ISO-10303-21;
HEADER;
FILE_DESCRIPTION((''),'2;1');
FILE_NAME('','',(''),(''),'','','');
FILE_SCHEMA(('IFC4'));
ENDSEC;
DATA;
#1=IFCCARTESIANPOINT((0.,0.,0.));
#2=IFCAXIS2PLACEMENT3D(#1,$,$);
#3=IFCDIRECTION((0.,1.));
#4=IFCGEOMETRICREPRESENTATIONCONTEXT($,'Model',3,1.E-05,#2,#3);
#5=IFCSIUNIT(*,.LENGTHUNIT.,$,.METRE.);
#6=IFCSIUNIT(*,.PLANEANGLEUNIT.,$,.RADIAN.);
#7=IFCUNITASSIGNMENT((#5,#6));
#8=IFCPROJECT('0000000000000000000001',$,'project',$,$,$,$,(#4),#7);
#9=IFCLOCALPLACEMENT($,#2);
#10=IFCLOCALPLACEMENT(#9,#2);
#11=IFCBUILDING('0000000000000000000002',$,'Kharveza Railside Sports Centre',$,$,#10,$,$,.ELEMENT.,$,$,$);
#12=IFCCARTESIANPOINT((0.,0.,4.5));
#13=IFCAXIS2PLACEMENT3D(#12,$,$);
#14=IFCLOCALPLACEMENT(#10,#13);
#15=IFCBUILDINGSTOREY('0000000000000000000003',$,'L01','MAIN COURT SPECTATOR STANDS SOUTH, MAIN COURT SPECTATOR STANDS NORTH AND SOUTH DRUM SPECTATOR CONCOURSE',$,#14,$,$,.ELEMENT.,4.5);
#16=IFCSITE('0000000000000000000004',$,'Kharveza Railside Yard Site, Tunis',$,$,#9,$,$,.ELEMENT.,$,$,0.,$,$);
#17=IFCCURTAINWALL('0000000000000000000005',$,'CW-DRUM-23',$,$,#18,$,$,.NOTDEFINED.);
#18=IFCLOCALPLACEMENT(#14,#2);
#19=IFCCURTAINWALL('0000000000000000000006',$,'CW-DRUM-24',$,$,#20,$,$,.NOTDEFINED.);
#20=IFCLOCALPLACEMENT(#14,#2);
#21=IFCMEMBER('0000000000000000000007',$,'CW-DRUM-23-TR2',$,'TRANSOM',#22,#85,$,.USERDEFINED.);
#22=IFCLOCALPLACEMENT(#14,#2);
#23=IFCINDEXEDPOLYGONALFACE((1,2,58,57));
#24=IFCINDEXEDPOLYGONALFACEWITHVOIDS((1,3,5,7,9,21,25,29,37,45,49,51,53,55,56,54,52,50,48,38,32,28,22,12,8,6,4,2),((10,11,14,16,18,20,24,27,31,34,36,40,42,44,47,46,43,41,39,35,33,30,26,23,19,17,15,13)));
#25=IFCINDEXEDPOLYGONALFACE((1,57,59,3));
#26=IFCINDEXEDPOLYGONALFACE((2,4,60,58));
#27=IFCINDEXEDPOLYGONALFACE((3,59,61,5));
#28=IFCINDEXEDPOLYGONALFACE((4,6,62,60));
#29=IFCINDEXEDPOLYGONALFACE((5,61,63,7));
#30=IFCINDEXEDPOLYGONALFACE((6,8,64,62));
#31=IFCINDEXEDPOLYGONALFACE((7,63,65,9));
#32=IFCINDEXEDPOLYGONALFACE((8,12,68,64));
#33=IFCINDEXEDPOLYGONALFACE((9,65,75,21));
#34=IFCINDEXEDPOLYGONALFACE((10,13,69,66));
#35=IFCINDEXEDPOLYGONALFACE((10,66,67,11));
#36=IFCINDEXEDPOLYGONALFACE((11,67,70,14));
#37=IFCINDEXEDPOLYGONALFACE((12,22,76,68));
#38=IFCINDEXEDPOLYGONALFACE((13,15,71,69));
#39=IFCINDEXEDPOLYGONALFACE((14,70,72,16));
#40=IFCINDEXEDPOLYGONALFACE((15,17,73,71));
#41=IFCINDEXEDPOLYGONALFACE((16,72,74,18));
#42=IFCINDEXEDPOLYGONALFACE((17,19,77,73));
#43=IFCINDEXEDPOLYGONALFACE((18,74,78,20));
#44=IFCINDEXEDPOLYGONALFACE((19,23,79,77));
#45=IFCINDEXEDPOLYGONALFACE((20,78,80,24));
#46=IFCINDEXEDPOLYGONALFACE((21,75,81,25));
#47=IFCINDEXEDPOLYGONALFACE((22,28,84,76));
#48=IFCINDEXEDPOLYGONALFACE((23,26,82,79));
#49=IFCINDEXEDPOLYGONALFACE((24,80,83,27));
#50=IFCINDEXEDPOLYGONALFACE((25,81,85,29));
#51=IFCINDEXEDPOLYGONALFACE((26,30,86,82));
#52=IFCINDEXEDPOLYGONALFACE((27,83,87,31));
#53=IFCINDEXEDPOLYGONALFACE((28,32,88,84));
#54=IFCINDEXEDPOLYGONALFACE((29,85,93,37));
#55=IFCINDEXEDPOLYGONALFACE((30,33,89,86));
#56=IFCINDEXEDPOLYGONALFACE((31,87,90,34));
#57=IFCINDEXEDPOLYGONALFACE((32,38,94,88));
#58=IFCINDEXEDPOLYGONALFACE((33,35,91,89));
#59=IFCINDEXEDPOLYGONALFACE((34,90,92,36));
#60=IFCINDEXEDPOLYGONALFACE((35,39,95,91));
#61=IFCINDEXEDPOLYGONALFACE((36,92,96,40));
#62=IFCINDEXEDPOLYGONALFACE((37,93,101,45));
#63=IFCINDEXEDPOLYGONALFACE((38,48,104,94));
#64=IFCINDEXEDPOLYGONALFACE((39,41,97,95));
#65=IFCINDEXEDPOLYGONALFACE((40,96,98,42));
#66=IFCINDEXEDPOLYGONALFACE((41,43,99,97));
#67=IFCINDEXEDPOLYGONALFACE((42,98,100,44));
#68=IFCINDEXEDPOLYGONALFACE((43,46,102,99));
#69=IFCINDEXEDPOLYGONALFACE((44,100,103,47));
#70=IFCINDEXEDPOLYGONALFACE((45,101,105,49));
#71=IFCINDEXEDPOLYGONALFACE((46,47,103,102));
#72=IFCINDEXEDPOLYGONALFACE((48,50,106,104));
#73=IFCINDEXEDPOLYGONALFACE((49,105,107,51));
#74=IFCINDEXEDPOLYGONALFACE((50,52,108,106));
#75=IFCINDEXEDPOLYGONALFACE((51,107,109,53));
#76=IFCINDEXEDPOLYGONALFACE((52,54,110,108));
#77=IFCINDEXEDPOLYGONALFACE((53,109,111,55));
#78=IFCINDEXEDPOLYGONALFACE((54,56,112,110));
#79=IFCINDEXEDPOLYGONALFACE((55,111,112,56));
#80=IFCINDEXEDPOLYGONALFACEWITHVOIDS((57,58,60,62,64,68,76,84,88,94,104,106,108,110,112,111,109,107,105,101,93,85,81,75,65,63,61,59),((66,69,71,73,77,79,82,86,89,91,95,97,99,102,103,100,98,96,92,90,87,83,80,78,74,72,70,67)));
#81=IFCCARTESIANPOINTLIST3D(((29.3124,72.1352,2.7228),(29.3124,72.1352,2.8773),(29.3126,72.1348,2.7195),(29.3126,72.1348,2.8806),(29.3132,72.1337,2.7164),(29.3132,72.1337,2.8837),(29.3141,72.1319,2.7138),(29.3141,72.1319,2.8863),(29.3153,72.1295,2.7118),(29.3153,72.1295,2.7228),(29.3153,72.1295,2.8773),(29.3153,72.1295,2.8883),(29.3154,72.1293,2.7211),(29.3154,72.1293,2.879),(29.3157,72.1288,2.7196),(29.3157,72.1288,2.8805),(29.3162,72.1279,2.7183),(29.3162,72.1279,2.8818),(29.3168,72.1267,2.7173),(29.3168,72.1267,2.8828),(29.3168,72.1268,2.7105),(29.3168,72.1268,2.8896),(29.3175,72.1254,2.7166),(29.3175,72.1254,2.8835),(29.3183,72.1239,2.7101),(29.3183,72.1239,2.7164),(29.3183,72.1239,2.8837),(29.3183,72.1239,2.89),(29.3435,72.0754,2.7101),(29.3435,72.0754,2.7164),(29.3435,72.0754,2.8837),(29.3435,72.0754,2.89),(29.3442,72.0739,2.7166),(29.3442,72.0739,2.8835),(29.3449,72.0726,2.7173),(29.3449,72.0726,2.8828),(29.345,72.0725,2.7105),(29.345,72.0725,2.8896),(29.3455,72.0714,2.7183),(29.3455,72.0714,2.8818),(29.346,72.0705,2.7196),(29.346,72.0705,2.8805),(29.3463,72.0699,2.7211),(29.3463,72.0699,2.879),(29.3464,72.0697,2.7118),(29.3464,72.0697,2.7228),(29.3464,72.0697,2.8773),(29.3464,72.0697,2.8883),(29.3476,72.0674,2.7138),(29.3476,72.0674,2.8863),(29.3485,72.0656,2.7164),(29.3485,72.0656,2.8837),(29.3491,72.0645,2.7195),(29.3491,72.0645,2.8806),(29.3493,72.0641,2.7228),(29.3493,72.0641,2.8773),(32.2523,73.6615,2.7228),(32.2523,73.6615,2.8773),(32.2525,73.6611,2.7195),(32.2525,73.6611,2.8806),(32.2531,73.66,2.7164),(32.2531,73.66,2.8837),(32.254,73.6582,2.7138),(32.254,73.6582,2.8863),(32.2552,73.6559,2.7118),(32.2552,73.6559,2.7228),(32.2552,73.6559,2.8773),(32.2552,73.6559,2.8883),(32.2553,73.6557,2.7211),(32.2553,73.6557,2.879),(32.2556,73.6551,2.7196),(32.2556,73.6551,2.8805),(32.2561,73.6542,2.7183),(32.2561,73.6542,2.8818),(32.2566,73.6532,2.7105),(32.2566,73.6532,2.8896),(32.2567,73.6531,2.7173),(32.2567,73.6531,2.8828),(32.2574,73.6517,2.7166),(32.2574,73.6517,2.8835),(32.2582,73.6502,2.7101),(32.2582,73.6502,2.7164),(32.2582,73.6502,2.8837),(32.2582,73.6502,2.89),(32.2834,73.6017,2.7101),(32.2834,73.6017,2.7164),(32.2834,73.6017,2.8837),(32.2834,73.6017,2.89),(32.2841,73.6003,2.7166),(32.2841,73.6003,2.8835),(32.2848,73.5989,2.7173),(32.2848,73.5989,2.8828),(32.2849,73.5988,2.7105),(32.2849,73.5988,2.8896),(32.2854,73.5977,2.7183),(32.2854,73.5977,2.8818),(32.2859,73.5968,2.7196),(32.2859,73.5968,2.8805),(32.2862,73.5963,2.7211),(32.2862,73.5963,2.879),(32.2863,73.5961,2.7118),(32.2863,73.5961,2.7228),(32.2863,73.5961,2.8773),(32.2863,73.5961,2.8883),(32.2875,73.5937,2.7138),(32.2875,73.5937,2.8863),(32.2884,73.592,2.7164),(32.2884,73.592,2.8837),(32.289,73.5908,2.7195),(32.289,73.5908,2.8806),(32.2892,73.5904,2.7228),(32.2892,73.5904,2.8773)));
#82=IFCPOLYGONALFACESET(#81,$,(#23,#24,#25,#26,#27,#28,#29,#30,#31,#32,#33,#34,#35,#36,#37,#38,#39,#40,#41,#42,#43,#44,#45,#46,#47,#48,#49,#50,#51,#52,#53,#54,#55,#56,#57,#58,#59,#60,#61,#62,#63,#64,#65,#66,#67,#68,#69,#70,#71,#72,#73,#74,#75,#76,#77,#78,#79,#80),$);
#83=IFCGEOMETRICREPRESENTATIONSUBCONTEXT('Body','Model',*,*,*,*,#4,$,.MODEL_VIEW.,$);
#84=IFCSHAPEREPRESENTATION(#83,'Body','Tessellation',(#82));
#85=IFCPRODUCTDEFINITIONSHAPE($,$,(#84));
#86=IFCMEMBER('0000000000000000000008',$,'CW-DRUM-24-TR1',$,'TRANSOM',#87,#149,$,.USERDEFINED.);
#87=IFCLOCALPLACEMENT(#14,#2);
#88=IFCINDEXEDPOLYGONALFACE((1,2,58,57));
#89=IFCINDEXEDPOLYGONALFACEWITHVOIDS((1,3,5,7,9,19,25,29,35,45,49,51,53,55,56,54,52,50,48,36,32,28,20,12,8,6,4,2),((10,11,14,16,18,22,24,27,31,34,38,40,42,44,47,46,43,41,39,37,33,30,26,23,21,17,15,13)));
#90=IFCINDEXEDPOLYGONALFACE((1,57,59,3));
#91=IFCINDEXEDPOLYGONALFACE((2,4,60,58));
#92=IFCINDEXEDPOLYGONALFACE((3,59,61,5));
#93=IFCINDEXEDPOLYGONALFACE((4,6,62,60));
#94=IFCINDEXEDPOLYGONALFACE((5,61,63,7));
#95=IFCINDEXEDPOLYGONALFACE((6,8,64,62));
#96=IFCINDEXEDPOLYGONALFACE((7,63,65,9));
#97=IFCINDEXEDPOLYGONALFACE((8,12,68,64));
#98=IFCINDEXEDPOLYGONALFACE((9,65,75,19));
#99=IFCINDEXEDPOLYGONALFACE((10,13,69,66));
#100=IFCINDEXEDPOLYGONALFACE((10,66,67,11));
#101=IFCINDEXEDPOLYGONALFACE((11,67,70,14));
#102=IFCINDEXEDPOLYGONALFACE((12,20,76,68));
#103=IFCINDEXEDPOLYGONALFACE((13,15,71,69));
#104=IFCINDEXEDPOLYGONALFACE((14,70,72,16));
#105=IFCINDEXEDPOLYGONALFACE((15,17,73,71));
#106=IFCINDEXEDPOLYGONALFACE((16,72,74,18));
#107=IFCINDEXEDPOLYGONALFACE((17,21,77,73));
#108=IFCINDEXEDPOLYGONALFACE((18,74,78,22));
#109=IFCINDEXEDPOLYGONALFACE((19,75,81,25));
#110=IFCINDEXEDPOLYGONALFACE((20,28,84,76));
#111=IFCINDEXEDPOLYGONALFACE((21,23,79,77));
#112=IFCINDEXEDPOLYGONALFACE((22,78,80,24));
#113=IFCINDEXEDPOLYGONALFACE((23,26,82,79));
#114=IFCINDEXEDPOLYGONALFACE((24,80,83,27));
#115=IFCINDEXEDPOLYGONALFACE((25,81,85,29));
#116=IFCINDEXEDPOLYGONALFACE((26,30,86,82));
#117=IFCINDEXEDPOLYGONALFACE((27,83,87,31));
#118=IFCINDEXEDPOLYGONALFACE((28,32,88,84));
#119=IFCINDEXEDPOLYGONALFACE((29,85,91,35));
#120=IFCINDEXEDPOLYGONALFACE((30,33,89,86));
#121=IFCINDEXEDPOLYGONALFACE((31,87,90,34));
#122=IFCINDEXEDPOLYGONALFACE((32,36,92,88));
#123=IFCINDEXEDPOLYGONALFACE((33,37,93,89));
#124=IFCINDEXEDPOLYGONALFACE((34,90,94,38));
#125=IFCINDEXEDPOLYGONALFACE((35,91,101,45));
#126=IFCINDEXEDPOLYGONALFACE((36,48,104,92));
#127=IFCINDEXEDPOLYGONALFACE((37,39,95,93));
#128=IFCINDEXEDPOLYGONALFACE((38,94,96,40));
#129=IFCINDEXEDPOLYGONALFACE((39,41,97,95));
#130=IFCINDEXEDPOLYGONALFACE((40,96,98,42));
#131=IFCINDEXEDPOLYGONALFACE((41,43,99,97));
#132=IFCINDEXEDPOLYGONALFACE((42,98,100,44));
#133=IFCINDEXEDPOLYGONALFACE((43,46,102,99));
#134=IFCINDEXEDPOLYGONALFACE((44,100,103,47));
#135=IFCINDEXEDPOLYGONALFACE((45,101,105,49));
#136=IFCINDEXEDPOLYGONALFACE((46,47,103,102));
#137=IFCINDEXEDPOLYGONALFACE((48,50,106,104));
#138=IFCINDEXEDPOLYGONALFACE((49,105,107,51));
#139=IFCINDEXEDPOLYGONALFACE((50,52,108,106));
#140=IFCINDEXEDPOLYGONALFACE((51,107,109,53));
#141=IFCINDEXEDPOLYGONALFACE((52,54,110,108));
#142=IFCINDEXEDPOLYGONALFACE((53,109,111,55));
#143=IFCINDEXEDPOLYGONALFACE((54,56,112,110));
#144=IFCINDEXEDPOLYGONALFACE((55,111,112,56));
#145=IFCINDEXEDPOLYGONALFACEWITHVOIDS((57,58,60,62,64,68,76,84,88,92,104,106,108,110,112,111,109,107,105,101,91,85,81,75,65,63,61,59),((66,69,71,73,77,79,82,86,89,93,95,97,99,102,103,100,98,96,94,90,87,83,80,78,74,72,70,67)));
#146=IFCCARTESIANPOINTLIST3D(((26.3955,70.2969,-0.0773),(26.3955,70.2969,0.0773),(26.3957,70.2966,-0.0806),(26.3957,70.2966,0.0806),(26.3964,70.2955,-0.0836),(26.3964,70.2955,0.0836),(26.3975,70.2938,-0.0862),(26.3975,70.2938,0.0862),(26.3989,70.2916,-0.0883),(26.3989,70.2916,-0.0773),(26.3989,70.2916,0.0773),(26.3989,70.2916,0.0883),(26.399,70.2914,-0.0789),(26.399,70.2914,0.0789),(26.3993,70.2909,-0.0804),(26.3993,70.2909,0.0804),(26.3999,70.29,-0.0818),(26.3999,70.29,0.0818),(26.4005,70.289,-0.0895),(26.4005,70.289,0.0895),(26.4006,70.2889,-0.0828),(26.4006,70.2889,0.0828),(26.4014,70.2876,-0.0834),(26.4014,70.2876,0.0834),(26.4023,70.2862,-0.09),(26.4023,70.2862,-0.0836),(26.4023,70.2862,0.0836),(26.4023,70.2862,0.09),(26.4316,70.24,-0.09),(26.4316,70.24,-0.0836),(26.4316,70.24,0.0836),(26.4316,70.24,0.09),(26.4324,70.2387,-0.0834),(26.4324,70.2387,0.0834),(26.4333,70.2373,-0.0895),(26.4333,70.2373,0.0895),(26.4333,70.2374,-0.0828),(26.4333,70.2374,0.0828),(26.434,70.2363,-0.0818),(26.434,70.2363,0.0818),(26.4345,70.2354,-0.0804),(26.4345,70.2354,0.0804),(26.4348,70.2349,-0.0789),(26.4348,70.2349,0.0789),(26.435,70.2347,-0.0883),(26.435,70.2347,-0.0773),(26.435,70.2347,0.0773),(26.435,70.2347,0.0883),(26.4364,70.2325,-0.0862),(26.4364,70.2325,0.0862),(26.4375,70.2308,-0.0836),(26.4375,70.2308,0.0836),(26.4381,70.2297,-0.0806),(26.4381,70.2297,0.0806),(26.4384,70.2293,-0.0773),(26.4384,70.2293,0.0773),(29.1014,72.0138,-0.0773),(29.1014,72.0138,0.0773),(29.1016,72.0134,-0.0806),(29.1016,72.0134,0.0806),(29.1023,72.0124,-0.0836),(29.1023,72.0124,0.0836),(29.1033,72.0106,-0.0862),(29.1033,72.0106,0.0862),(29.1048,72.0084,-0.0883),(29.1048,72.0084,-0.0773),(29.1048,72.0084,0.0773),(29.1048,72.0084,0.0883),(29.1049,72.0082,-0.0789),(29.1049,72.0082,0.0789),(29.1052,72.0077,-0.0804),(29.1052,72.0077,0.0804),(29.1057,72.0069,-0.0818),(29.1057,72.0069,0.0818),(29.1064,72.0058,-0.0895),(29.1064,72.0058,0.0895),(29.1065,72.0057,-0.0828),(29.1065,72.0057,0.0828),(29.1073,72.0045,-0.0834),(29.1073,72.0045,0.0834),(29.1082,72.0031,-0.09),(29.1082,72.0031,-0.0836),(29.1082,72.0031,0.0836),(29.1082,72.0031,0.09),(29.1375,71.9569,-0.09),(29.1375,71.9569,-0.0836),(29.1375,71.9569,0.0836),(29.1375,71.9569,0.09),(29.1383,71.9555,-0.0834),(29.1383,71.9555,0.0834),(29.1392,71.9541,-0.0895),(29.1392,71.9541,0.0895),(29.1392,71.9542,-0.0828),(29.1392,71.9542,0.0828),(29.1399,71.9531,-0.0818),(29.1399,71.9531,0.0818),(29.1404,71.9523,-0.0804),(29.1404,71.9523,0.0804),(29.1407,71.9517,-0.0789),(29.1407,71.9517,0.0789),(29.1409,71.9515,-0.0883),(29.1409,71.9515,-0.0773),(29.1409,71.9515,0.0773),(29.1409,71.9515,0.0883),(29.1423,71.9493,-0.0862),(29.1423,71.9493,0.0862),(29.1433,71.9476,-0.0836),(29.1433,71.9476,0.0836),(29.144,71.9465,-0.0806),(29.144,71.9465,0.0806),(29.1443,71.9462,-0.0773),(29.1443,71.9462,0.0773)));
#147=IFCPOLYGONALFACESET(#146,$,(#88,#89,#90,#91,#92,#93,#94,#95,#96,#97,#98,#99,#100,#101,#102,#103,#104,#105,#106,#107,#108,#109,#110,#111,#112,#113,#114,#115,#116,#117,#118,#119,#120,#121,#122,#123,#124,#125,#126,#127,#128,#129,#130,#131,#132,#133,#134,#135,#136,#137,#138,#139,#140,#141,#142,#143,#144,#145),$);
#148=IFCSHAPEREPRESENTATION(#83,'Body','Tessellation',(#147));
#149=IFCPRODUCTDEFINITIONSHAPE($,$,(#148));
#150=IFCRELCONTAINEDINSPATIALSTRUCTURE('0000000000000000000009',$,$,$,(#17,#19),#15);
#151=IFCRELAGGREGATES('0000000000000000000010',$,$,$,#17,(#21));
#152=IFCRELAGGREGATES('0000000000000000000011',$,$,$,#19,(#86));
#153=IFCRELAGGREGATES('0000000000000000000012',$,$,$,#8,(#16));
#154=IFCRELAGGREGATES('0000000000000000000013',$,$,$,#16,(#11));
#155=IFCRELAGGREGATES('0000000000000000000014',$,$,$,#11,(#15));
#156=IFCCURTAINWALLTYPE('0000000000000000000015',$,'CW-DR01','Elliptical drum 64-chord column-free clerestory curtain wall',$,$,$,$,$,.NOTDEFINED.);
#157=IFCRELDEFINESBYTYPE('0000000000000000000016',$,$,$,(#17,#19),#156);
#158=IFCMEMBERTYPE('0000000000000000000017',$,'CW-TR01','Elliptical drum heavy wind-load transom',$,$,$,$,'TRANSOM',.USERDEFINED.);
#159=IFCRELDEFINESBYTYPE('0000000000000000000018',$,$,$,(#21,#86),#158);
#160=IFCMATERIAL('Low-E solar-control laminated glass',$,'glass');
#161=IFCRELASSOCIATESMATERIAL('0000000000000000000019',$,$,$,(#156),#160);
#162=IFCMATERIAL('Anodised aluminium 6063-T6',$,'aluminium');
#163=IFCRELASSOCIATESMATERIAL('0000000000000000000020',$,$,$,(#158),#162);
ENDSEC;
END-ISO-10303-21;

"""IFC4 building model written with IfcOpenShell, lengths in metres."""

from ifc_helpers import new_model, si_unit, direction, frame, origin, origin_2d, place, context, subcontext, project, spatial, hollow_rectangle, extrude, material, material_profile, profile_set, type_object, element, aggregate, save


model = new_model("IFC4")

# Units and contexts
model_context = context("Model", 3, precision=1e-05, world=origin(), true_north=direction((0.0, 1.0)))
body_context = subcontext(model_context, "Body", "Model", "MODEL_VIEW")
ifc_project = project(units=[si_unit("LENGTHUNIT", "METRE"), si_unit("PLANEANGLEUNIT", "RADIAN")], contexts=[model_context])

# Site, building, storey
site_placement = place(None, origin())
site = spatial("IfcSite", under=ifc_project, at=site_placement, Name="Kharveza Railside Yard Site, Tunis", CompositionType="ELEMENT", RefElevation=0.0)
building_placement = place(site_placement, origin())
building = spatial("IfcBuilding", under=site, at=building_placement, Name="Kharveza Railside Sports Centre", CompositionType="ELEMENT")
storey_placement = place(building_placement, frame((0.0, 0.0, 4.5)))
storey = spatial("IfcBuildingStorey", under=building, at=storey_placement, Name="L01", Description="MAIN COURT SPECTATOR STANDS SOUTH, MAIN COURT SPECTATOR STANDS NORTH AND SOUTH DRUM SPECTATOR CONCOURSE", CompositionType="ELEMENT", Elevation=4.5)

# Curtain walls
ifc_material_1 = material(Name="Low-E solar-control laminated glass", Category="glass")
curtain_wall_type = type_object("IfcCurtainWallType", Name="CW-DR01", Description="Elliptical drum 64-chord column-free clerestory curtain wall", PredefinedType="NOTDEFINED", material=ifc_material_1)
curtain_wall_1_placement = place(storey_placement, origin())
curtain_wall_1 = element("IfcCurtainWall", 1, at=curtain_wall_1_placement, inside=storey, type_object=curtain_wall_type, Name="CW-DRUM-23", PredefinedType="NOTDEFINED")
ifc_material_2 = material(Name="Anodised aluminium 6063-T6", Category="aluminium")
curtain_wall_2_placement = place(storey_placement, origin())
curtain_wall_2 = element("IfcCurtainWall", 2, at=curtain_wall_2_placement, inside=storey, type_object=curtain_wall_type, Name="CW-DRUM-24", PredefinedType="NOTDEFINED")

# Members
ifc_material_profile_1 = material_profile(ifc_material_2, hollow_rectangle(XDim=0.0801, YDim=0.1799, WallThickness=0.0063, InnerFilletRadius=0.0063, OuterFilletRadius=0.0127, at=origin_2d()), Name="RHS 80x180x6.3")
ifc_profile_set_1 = profile_set([ifc_material_profile_1], Name="Anodised aluminium 6063-T6")
member_type_1 = type_object("IfcMemberType", Name="CW-TR01", Description="Elliptical drum heavy wind-load transom", ElementType="TRANSOM", PredefinedType="USERDEFINED", material=ifc_profile_set_1)
member_1_placement = place(storey_placement, frame((32.2708, 73.626, 2.8), z_axis=(-0.887513, -0.460782, 0.0), x_axis=(0.460782, -0.887513, 0.0)))
member_1 = element("IfcMember", 3, at=member_1_placement, type_object=member_type_1, Name="CW-DRUM-23-TR2", ObjectType="TRANSOM", PredefinedType="USERDEFINED", context=body_context, shape_type="SweptSolid", body=[
    extrude(hollow_rectangle(XDim=0.0801, YDim=0.1799, WallThickness=0.0063, InnerFilletRadius=0.0063, OuterFilletRadius=0.0127, at=origin_2d()), origin(), (0.0, 0.0, 1.0), 3.3125),
])
member_2_placement = place(storey_placement, frame((29.1228, 71.98, 0.0), z_axis=(-0.844379, -0.535746, 0.0), x_axis=(0.535746, -0.844379, 0.0)))
member_2 = element("IfcMember", 4, at=member_2_placement, type_object=member_type_1, Name="CW-DRUM-24-TR1", ObjectType="TRANSOM", PredefinedType="USERDEFINED", context=body_context, shape_type="SweptSolid", body=[
    extrude(hollow_rectangle(XDim=0.0801, YDim=0.1799, WallThickness=0.0063, InnerFilletRadius=0.0063, OuterFilletRadius=0.0127, at=origin_2d()), origin(), (0.0, 0.0, 1.0), 3.2046),
])

aggregate(curtain_wall_1, [member_1])
aggregate(curtain_wall_2, [member_2])

save(model, "model.ifc")
